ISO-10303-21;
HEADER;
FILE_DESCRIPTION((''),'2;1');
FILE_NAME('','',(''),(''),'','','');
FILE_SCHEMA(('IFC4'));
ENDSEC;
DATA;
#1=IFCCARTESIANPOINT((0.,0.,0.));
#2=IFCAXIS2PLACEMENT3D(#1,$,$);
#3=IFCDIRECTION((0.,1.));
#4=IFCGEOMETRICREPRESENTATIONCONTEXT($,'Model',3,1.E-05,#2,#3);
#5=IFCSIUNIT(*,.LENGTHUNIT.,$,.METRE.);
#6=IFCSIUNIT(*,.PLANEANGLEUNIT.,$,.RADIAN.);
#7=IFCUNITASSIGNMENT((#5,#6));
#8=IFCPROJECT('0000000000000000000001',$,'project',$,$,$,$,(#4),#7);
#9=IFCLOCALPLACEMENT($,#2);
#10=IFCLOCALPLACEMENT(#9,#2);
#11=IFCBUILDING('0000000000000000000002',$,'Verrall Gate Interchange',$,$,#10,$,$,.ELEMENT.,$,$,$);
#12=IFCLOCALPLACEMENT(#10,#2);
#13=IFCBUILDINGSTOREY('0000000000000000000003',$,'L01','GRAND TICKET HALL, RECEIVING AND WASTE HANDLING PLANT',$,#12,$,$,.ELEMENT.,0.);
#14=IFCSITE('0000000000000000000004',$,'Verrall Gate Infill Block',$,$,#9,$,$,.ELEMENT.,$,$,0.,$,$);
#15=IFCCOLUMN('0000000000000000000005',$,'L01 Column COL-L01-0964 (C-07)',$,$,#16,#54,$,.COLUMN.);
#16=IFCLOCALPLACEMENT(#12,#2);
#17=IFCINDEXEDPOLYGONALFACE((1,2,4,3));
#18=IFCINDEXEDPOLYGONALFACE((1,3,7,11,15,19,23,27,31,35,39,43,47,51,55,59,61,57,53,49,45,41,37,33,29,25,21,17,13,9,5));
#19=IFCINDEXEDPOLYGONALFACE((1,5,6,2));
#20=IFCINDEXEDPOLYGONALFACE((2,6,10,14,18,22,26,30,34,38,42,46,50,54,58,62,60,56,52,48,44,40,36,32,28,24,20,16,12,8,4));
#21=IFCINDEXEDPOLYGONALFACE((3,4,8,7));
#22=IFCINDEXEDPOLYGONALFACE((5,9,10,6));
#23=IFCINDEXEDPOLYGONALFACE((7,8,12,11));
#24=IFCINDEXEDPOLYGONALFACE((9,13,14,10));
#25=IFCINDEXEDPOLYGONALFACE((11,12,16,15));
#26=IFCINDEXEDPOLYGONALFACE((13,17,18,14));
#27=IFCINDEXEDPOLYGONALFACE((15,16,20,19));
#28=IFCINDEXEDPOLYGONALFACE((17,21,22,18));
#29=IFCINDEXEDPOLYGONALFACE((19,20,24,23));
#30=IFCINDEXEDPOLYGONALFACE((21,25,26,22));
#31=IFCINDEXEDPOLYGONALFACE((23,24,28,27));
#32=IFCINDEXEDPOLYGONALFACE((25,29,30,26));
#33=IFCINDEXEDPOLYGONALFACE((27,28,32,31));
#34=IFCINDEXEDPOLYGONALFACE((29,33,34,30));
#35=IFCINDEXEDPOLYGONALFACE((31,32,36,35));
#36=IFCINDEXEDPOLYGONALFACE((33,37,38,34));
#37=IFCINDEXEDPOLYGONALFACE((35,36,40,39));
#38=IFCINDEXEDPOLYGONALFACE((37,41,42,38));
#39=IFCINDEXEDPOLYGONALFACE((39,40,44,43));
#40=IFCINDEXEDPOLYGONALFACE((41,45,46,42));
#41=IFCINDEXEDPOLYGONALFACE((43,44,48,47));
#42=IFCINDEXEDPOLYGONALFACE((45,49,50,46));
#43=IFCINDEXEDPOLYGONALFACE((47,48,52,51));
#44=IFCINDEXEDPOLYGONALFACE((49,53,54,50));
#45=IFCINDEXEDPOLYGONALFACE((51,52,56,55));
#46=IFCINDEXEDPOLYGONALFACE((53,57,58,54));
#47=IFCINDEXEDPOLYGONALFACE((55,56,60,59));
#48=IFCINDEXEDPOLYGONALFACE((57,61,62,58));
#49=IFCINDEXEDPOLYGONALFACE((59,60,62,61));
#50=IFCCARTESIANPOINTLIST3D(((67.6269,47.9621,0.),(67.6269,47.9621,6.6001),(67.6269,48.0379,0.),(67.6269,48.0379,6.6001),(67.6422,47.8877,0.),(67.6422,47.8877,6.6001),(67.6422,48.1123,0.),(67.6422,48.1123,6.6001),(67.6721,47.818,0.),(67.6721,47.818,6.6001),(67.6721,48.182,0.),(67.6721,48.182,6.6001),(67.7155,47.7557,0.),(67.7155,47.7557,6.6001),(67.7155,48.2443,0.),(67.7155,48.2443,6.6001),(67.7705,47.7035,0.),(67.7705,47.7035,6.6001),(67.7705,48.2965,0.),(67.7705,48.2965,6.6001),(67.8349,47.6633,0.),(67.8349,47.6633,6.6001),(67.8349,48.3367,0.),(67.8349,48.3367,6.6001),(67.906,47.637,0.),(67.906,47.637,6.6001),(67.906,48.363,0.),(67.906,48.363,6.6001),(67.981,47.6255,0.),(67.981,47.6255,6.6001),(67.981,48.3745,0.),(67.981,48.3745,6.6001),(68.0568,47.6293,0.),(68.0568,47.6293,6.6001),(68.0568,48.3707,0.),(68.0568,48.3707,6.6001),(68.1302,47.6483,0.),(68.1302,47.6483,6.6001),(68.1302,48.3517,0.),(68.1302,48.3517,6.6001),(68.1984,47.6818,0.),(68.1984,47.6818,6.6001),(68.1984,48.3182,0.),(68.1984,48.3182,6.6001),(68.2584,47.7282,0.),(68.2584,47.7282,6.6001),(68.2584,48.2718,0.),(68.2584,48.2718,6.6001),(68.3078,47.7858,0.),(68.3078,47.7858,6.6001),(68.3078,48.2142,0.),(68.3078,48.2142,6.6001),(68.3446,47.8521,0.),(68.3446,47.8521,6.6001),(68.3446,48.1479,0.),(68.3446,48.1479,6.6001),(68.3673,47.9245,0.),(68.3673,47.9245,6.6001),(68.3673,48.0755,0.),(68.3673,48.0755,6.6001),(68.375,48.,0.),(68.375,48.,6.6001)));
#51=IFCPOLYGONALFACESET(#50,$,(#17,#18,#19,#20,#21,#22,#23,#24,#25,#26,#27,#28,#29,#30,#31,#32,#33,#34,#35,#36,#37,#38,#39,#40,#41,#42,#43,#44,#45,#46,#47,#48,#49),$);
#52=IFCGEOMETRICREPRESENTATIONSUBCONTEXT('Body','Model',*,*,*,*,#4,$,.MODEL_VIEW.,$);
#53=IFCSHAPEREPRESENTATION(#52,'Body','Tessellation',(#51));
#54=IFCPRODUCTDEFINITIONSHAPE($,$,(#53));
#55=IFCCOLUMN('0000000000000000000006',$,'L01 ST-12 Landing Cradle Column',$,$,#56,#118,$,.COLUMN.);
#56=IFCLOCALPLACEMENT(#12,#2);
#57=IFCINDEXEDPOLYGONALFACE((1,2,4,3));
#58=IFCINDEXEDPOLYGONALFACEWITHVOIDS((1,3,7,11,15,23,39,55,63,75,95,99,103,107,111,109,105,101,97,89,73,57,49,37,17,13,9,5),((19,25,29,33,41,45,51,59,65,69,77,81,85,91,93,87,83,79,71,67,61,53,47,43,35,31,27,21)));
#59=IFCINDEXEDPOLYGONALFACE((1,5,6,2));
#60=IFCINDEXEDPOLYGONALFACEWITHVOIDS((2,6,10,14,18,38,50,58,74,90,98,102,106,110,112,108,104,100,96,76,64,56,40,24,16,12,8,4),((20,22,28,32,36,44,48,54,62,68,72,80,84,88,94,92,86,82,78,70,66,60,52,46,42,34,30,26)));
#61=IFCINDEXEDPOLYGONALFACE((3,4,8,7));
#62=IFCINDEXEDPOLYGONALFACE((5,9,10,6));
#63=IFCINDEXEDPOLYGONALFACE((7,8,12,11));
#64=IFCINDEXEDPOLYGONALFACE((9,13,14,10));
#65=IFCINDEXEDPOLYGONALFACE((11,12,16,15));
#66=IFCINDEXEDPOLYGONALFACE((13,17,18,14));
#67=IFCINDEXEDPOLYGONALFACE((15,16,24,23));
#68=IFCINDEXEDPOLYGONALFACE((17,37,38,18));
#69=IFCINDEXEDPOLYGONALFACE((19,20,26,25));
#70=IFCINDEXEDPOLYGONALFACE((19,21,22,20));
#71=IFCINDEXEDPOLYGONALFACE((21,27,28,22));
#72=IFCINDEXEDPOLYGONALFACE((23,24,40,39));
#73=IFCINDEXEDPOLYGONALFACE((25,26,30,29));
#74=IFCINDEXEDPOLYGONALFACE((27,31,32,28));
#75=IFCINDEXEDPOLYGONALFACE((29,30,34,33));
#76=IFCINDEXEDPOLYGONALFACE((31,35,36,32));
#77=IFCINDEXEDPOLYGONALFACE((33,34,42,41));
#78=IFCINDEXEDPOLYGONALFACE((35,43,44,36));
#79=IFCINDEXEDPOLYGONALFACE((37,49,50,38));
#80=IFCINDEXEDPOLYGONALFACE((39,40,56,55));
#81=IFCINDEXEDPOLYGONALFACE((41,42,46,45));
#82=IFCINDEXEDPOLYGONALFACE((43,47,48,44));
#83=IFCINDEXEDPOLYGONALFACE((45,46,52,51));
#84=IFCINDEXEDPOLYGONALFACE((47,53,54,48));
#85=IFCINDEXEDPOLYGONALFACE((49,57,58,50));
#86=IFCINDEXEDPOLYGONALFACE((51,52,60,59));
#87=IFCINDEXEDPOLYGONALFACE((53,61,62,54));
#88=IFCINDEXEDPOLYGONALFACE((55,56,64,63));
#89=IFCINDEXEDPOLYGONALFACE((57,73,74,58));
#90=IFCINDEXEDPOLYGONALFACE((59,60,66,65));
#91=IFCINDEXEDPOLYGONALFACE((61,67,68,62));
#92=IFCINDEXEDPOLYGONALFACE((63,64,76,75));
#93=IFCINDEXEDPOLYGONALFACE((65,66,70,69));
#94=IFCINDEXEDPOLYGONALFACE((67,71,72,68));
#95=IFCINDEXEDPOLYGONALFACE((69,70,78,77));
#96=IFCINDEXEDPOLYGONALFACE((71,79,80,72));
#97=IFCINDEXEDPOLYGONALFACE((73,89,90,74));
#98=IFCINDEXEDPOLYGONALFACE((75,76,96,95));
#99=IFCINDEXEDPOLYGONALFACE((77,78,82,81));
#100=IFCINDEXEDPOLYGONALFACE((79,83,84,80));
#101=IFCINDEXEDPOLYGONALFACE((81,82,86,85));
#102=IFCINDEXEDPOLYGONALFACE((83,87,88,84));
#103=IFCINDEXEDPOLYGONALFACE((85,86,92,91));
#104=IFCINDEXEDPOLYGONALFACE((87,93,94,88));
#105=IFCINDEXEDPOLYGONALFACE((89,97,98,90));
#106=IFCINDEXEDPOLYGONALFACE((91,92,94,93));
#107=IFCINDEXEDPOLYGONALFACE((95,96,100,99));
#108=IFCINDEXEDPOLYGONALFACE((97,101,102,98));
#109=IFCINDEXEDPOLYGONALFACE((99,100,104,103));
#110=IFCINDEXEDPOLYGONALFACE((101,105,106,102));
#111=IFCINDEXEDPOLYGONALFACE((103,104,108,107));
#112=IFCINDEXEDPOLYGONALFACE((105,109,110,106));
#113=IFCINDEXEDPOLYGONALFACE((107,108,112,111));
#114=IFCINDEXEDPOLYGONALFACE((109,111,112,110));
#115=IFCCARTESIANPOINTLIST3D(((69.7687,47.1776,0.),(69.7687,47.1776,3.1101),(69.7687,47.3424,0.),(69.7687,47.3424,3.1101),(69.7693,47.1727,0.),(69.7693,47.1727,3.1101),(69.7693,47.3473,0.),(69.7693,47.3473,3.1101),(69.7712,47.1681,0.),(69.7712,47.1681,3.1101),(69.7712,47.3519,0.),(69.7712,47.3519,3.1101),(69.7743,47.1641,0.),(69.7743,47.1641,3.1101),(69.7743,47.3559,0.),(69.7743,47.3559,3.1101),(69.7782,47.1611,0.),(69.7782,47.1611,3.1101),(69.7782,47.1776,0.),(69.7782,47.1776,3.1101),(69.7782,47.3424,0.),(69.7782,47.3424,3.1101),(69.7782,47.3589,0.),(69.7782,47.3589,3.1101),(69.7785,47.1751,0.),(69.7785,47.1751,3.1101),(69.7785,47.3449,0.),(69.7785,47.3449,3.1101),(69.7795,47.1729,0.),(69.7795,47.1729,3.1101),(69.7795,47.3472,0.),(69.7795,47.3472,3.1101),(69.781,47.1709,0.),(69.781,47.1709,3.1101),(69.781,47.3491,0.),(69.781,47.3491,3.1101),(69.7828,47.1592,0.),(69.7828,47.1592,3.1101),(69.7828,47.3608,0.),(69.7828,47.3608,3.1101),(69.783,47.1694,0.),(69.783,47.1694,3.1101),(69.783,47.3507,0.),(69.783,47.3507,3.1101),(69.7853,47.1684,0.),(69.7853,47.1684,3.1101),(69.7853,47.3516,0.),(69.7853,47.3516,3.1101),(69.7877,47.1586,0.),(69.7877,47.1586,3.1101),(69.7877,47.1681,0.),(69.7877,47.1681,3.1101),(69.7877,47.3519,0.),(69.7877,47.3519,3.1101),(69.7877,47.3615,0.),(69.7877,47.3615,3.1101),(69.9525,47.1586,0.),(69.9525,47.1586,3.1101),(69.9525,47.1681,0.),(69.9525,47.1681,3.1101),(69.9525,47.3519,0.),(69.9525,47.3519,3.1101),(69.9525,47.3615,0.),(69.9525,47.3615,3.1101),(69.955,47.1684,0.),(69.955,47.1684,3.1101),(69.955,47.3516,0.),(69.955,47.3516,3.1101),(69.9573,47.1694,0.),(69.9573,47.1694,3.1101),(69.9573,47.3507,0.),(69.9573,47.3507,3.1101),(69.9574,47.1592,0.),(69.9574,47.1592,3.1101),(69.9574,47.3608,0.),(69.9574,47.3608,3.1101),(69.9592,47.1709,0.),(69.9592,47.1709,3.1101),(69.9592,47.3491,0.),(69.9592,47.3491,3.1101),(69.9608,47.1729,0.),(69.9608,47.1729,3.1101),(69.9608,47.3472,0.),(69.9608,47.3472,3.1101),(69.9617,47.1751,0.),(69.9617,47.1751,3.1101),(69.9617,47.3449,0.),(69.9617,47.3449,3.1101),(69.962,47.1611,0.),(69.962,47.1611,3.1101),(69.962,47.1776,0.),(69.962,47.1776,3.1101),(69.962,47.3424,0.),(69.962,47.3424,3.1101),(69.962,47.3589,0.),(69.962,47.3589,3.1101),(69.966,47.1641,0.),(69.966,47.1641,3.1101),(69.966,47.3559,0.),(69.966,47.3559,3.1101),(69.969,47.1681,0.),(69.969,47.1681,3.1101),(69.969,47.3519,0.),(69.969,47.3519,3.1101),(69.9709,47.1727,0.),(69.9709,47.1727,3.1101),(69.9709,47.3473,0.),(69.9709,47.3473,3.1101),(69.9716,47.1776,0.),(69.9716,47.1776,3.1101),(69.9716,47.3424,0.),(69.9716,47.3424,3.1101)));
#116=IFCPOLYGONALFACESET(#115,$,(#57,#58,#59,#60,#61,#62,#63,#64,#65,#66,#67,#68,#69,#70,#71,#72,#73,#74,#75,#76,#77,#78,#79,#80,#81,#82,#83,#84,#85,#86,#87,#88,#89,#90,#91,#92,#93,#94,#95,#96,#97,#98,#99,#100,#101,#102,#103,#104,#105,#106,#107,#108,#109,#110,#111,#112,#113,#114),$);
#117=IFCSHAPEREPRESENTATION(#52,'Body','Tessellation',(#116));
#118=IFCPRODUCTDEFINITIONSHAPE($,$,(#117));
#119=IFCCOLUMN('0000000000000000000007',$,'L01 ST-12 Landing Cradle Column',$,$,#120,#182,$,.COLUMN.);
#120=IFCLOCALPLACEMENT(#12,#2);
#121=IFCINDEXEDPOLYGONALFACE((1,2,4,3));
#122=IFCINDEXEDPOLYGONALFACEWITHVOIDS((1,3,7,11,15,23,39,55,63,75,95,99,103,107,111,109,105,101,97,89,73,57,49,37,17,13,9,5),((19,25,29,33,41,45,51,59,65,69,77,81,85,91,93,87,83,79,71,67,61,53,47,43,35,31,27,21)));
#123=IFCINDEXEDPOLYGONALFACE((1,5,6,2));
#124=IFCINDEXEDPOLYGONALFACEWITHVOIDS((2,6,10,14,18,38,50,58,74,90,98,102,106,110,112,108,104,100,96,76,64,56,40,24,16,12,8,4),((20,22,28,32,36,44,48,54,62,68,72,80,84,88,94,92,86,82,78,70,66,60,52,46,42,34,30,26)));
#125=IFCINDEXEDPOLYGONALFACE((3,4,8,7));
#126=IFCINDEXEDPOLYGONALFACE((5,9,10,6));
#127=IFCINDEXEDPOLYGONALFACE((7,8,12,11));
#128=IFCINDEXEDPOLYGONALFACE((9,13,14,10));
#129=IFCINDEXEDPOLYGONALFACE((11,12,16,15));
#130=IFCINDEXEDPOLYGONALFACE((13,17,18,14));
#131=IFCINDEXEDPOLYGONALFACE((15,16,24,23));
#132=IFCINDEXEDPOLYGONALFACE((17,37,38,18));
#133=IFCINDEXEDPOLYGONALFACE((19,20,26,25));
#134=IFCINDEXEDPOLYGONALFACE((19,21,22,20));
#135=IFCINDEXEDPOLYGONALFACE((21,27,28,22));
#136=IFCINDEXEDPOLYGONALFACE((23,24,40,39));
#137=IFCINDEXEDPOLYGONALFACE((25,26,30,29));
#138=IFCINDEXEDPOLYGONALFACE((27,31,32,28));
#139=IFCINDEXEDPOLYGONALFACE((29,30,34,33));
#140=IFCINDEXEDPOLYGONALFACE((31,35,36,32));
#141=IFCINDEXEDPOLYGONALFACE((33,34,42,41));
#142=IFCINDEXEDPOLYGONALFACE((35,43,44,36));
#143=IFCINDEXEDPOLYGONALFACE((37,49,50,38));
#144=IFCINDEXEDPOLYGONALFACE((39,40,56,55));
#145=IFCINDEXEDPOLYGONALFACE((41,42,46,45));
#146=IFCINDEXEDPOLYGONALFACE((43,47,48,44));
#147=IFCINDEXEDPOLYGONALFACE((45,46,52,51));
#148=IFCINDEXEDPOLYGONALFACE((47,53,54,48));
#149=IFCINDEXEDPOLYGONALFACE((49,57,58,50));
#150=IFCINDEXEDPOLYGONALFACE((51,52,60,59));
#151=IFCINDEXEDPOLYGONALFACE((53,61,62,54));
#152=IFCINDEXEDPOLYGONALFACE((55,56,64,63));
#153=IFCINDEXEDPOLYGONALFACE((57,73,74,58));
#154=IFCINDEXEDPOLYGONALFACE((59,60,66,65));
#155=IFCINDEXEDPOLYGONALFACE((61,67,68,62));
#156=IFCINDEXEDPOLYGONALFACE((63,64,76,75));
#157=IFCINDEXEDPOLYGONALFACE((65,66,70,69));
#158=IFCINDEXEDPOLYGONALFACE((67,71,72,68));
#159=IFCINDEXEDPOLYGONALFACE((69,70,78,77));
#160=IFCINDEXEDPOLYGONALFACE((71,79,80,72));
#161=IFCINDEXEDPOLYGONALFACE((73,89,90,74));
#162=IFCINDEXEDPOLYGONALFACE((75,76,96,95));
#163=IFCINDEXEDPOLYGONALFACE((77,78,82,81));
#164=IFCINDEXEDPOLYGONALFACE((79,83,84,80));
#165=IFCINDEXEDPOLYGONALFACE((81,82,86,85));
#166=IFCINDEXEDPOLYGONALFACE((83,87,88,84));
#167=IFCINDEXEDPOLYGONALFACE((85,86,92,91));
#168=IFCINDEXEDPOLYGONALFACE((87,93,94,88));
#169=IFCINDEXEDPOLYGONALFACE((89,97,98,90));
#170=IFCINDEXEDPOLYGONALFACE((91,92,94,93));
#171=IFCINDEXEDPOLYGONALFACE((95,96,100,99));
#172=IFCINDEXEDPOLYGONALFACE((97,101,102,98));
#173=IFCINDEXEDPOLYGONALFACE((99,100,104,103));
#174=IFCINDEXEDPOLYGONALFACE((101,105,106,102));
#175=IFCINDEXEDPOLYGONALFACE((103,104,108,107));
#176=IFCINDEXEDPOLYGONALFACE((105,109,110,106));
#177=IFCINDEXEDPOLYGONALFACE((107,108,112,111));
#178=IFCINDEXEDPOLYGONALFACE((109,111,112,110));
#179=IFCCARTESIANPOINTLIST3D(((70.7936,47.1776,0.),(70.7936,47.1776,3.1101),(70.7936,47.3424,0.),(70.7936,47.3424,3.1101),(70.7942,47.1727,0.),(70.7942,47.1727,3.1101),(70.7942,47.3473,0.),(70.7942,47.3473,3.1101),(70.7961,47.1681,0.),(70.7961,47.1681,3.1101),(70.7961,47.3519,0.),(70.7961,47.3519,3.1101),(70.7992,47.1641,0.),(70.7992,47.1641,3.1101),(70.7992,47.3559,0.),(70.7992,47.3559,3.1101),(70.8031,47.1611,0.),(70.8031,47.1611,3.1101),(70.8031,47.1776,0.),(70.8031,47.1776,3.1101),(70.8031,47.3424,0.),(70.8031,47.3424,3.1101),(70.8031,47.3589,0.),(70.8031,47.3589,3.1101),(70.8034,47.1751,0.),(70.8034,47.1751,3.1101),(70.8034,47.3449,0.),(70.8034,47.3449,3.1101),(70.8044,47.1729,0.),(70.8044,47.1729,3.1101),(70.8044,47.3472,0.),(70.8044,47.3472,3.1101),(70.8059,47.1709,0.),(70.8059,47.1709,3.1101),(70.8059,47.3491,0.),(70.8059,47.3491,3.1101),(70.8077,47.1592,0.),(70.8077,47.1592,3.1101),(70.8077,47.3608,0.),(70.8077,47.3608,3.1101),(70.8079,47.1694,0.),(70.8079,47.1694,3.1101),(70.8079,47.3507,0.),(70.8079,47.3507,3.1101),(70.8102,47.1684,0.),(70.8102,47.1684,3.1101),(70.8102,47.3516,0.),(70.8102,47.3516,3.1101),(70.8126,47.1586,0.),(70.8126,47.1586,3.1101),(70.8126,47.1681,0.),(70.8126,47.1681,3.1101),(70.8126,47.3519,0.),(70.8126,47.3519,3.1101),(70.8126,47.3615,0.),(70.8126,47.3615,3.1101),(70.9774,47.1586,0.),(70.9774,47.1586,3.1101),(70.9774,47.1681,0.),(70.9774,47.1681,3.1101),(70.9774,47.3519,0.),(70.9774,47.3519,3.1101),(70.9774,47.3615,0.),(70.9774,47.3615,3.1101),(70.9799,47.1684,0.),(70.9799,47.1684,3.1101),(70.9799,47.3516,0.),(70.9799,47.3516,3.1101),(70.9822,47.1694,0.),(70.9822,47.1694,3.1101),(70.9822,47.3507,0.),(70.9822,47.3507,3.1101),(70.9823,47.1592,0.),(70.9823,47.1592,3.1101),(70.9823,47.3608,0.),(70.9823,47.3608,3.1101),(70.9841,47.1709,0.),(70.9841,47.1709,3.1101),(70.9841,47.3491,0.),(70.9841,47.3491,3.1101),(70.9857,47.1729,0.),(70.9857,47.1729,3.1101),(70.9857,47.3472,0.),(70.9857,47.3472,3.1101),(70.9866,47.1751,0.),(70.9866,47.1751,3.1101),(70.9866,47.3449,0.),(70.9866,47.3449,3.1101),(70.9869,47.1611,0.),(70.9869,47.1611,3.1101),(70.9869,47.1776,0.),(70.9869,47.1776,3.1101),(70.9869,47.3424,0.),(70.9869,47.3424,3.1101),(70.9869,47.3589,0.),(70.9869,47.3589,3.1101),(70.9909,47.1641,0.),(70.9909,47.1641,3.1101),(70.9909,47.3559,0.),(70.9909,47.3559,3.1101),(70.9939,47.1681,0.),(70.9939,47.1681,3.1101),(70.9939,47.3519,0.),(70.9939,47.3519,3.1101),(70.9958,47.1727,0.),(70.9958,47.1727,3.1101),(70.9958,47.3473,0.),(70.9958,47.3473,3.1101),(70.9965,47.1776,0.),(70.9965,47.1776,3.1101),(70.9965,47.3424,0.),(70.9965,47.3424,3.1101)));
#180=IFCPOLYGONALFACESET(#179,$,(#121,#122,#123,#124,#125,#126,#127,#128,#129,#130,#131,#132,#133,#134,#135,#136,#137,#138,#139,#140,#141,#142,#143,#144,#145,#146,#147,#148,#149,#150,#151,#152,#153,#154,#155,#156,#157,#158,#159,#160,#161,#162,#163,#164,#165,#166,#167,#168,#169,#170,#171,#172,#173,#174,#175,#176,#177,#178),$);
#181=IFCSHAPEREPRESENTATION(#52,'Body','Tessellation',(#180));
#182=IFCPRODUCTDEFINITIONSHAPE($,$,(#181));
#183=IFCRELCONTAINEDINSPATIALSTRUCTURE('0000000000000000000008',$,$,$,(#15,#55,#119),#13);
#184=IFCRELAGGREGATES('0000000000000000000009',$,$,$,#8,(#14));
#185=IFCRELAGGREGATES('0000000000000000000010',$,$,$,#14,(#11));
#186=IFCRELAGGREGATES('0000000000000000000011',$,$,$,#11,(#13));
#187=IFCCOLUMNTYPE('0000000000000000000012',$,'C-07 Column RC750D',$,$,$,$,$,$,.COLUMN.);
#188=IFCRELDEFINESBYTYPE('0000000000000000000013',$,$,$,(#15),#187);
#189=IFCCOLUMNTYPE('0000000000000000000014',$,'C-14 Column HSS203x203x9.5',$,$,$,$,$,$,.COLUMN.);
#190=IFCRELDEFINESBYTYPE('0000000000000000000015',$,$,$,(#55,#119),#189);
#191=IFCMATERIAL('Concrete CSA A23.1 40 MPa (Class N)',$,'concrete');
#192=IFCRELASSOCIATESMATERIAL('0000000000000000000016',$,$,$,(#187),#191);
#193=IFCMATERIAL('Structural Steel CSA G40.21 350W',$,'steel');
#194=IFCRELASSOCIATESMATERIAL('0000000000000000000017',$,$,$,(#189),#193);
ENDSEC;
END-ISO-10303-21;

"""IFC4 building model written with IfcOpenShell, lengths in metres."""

from ifc_helpers import new_model, si_unit, direction, frame, origin, origin_2d, place, context, subcontext, project, spatial, hollow_rectangle, circle, extrude, material, material_profile, profile_set, type_object, element, save


model = new_model("IFC4")

# Units and contexts
model_context = context("Model", 3, precision=1e-05, world=origin(), true_north=direction((0.0, 1.0)))
body_context = subcontext(model_context, "Body", "Model", "MODEL_VIEW")
ifc_project = project(units=[si_unit("LENGTHUNIT", "METRE"), si_unit("PLANEANGLEUNIT", "RADIAN")], contexts=[model_context])

# Site, building, storey
site_placement = place(None, origin())
site = spatial("IfcSite", under=ifc_project, at=site_placement, Name="Verrall Gate Infill Block", CompositionType="ELEMENT", RefElevation=0.0)
building_placement = place(site_placement, origin())
building = spatial("IfcBuilding", under=site, at=building_placement, Name="Verrall Gate Interchange", CompositionType="ELEMENT")
storey_placement = place(building_placement, origin())
storey = spatial("IfcBuildingStorey", under=building, at=storey_placement, Name="L01", Description="GRAND TICKET HALL, RECEIVING AND WASTE HANDLING PLANT", CompositionType="ELEMENT", Elevation=0.0)

# Columns
ifc_material_1 = material(Name="Concrete CSA A23.1 40 MPa (Class N)", Category="concrete")
ifc_material_profile_1 = material_profile(ifc_material_1, circle(Radius=0.375, at=origin_2d()), Name="RC750D")
ifc_profile_set_1 = profile_set([ifc_material_profile_1], Name="Concrete CSA A23.1 40 MPa (Class N)")
column_type_1 = type_object("IfcColumnType", Name="C-07 Column RC750D", PredefinedType="COLUMN", material=ifc_profile_set_1)
column_placement = place(storey_placement, frame((68.0, 48.0, 0.0), z_axis=(0.0, 0.0, 1.0), x_axis=(1.0, 0.0, 0.0)))
element("IfcColumn", 1, at=column_placement, inside=storey, type_object=column_type_1, Name="L01 Column COL-L01-0964 (C-07)", PredefinedType="COLUMN", context=body_context, shape_type="SweptSolid", body=[
    extrude(circle(Radius=0.375, at=origin_2d()), origin(), (0.0, 0.0, 1.0), 6.6001),
])
ifc_material_2 = material(Name="Structural Steel CSA G40.21 350W", Category="steel")
ifc_material_profile_2 = material_profile(ifc_material_2, hollow_rectangle(XDim=0.2029, YDim=0.2029, WallThickness=0.0095, InnerFilletRadius=0.0095, OuterFilletRadius=0.019, at=origin_2d()), Name="HSS203x203x9.5")
ifc_profile_set_2 = profile_set([ifc_material_profile_2], Name="Structural Steel CSA G40.21 350W")
column_type_2 = type_object("IfcColumnType", Name="C-14 Column HSS203x203x9.5", PredefinedType="COLUMN", material=ifc_profile_set_2)
for number, where, z_axis, x_axis, name in (
    (2, (69.8701, 47.26, 0.0), (0.0, 0.0, 1.0), (1.0, 0.0, 0.0), "L01 ST-12 Landing Cradle Column"),
    (3, (70.895, 47.26, 0.0), (0.0, 0.0, 1.0), (1.0, 0.0, 0.0), "L01 ST-12 Landing Cradle Column"),
):
    element("IfcColumn", number, at=place(storey_placement, frame(where, z_axis=z_axis, x_axis=x_axis)), inside=storey, type_object=column_type_2, Name=name, PredefinedType="COLUMN", context=body_context, shape_type="SweptSolid", body=[
        extrude(hollow_rectangle(XDim=0.2029, YDim=0.2029, WallThickness=0.0095, InnerFilletRadius=0.0095, OuterFilletRadius=0.019, at=origin_2d()), origin(), (0.0, 0.0, 1.0), 3.1101),
    ])

save(model, "model.ifc")
